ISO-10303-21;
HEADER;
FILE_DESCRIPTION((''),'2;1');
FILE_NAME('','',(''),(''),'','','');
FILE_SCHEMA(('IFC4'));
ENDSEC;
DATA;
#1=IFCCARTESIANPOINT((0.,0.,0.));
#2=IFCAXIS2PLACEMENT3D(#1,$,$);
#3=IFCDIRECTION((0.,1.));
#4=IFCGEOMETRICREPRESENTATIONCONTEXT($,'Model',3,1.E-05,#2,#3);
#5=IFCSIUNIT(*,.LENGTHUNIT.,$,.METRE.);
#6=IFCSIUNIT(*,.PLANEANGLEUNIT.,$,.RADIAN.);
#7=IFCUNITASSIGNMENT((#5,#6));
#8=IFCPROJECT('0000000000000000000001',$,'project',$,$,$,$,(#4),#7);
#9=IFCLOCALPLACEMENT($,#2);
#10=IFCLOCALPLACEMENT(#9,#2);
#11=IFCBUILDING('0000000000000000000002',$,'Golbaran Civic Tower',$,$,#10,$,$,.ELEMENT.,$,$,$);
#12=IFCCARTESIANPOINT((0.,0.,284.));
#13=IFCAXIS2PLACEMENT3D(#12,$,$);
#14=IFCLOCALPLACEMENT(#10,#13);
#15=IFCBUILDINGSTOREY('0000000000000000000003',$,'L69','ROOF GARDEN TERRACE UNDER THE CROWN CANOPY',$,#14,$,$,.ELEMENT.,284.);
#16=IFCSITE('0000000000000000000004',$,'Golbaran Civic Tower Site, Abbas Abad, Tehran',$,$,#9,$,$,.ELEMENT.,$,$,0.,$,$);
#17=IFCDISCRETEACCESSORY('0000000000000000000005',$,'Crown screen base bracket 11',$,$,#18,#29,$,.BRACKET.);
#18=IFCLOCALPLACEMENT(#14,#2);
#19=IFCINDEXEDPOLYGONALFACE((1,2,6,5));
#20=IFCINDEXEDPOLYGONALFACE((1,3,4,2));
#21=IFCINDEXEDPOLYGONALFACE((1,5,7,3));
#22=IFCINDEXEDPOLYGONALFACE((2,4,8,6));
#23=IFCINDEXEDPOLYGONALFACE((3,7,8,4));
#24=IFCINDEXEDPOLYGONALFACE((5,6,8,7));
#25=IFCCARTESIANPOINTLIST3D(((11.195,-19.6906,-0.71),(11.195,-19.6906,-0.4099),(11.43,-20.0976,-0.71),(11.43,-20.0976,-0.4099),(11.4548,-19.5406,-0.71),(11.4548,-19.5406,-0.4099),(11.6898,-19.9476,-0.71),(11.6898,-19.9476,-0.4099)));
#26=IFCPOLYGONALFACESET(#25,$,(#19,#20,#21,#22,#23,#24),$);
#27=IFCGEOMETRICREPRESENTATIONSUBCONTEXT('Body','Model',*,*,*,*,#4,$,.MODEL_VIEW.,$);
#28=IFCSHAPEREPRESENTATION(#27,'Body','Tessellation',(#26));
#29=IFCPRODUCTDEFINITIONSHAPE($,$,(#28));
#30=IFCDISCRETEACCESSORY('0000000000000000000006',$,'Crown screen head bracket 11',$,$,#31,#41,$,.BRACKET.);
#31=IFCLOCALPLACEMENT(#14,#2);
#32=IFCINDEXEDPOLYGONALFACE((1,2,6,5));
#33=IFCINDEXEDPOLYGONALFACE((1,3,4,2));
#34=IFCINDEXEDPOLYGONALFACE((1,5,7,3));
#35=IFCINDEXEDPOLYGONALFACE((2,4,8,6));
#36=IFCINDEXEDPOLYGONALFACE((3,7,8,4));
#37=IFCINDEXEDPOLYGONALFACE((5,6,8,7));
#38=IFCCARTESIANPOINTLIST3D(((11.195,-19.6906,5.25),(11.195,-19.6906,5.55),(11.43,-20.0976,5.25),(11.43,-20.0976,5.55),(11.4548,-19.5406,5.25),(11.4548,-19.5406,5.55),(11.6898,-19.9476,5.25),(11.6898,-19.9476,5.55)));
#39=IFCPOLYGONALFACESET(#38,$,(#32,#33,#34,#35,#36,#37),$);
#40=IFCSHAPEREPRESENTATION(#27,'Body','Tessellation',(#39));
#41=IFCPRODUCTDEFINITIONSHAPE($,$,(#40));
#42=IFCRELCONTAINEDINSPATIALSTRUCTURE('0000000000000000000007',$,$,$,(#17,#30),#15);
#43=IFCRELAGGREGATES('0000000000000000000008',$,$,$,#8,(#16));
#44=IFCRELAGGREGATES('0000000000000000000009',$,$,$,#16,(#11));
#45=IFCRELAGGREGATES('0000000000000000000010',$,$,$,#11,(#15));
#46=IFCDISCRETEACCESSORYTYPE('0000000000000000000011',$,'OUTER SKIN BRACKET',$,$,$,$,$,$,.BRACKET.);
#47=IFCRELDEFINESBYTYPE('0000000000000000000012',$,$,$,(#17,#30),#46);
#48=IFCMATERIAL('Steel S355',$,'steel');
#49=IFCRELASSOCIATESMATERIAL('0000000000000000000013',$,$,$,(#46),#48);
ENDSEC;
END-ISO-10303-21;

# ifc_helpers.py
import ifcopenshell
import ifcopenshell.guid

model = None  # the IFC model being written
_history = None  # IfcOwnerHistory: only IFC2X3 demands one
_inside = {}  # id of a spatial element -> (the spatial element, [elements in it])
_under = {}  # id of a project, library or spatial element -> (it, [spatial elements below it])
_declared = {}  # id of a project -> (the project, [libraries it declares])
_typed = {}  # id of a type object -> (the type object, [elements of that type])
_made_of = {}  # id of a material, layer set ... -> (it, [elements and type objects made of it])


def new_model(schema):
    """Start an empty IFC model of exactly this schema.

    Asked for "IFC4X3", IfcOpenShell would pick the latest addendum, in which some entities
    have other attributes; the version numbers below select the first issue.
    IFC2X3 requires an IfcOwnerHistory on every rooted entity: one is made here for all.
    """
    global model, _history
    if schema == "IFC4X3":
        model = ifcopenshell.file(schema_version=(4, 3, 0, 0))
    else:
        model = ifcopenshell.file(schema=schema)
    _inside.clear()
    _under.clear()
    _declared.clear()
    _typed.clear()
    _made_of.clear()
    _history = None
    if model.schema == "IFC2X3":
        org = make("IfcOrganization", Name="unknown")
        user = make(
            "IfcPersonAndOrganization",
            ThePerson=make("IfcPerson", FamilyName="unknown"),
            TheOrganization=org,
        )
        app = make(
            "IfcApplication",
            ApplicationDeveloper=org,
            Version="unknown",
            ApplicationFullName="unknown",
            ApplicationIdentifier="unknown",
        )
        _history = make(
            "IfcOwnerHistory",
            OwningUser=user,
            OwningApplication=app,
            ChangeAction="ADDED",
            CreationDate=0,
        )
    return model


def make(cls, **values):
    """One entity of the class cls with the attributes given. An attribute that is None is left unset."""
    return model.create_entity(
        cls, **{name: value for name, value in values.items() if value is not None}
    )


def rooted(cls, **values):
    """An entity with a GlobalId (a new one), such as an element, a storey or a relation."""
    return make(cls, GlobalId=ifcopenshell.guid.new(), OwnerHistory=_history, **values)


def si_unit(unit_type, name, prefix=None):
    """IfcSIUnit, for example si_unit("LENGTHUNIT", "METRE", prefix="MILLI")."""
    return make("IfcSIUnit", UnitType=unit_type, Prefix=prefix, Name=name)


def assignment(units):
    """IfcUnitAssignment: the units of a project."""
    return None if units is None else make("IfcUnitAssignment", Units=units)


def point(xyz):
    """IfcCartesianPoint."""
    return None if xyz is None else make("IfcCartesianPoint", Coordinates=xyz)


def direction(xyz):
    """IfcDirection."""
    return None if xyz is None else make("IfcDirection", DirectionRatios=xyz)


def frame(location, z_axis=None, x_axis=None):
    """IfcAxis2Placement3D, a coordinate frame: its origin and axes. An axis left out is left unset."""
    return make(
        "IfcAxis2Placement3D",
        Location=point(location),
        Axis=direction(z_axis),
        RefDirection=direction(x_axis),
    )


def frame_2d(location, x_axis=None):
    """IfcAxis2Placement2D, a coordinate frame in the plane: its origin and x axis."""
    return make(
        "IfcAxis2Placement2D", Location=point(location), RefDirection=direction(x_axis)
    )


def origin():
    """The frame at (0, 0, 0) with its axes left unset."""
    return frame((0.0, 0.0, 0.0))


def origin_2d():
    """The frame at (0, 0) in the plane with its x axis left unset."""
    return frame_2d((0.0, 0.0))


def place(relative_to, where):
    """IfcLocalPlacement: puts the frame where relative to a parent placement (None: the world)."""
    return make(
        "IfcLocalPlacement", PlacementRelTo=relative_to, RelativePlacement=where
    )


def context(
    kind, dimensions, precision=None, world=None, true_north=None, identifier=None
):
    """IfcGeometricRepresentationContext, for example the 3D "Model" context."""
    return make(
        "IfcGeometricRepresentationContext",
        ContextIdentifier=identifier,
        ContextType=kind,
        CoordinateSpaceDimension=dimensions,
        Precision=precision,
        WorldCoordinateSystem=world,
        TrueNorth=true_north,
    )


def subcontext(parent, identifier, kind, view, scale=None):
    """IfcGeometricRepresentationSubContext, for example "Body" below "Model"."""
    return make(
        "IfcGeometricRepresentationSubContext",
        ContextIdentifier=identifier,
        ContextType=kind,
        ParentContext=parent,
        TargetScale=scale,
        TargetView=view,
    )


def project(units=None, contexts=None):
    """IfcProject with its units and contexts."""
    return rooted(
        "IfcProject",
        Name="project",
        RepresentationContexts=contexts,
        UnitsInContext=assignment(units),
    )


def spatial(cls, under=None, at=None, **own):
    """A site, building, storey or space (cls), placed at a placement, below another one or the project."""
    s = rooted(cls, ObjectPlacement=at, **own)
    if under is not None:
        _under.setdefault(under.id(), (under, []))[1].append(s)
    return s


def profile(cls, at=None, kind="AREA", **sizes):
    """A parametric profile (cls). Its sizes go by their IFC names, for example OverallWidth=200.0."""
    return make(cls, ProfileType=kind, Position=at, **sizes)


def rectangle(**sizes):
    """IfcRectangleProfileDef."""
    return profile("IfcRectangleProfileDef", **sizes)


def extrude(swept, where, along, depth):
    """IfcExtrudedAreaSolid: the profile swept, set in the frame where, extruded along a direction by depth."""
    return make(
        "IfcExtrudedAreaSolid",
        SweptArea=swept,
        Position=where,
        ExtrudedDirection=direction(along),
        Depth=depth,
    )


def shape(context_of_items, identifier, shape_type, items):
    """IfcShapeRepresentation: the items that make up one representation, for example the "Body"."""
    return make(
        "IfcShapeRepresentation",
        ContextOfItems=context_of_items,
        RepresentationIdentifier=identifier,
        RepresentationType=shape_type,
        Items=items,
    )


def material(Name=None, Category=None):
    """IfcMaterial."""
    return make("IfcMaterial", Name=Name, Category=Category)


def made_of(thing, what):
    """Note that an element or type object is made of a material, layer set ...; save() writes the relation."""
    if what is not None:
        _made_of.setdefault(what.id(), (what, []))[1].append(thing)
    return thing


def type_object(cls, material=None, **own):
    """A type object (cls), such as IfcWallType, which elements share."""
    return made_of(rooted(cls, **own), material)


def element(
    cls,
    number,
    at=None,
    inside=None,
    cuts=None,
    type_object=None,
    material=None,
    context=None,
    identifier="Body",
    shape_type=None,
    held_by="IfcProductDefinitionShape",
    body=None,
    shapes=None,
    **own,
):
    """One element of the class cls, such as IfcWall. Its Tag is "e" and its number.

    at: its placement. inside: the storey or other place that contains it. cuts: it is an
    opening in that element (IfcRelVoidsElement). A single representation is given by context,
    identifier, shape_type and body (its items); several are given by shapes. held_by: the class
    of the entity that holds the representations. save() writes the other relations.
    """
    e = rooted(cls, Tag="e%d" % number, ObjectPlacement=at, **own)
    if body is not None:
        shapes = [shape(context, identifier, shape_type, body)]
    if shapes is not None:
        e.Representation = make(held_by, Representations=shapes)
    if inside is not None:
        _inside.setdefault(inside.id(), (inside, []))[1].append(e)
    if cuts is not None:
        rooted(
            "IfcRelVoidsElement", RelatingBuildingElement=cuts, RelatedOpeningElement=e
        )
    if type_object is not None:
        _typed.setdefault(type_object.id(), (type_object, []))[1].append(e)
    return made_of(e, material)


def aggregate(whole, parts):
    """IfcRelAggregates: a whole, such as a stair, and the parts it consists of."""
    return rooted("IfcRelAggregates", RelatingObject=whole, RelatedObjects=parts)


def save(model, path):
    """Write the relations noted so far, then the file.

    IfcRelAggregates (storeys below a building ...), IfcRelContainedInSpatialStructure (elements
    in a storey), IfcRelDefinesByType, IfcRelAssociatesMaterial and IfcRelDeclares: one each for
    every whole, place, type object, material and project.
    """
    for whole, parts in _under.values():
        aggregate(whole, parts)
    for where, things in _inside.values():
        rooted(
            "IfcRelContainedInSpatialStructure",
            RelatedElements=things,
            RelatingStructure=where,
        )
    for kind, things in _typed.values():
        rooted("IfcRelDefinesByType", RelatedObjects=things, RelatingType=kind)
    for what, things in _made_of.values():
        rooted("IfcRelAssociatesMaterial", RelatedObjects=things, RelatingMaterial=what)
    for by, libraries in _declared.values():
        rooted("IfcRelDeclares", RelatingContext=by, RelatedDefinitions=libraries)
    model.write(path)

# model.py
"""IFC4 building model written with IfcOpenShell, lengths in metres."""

from ifc_helpers import new_model, si_unit, direction, frame, origin, origin_2d, place, context, subcontext, project, spatial, rectangle, extrude, material, type_object, element, save


model = new_model("IFC4")

# Units and contexts
model_context = context("Model", 3, precision=1e-05, world=origin(), true_north=direction((0.0, 1.0)))
body_context = subcontext(model_context, "Body", "Model", "MODEL_VIEW")
ifc_project = project(units=[si_unit("LENGTHUNIT", "METRE"), si_unit("PLANEANGLEUNIT", "RADIAN")], contexts=[model_context])

# Site, building, storey
site_placement = place(None, origin())
site = spatial("IfcSite", under=ifc_project, at=site_placement, Name="Golbaran Civic Tower Site, Abbas Abad, Tehran", CompositionType="ELEMENT", RefElevation=0.0)
building_placement = place(site_placement, origin())
building = spatial("IfcBuilding", under=site, at=building_placement, Name="Golbaran Civic Tower", CompositionType="ELEMENT")
storey_placement = place(building_placement, frame((0.0, 0.0, 284.0)))
storey = spatial("IfcBuildingStorey", under=building, at=storey_placement, Name="L69", Description="ROOF GARDEN TERRACE UNDER THE CROWN CANOPY", CompositionType="ELEMENT", Elevation=284.0)

# Shared definitions
ifc_material_1 = material(Name="Steel S355", Category="steel")

# Discrete accessories
discrete_accessory_type = type_object("IfcDiscreteAccessoryType", Name="OUTER SKIN BRACKET", PredefinedType="BRACKET", material=ifc_material_1)
for number, where, z_axis, x_axis, name in (
    (1, (11.4424, -19.8191, -0.71), (0.0, 0.0, 1.0), (0.5, -0.866025, 0.0), "Crown screen base bracket 11"),
    (2, (11.4424, -19.8191, 5.25), (0.0, 0.0, 1.0), (0.5, -0.866025, 0.0), "Crown screen head bracket 11"),
):
    element("IfcDiscreteAccessory", number, at=place(storey_placement, frame(where, z_axis=z_axis, x_axis=x_axis)), inside=storey, type_object=discrete_accessory_type, Name=name, PredefinedType="BRACKET", context=body_context, shape_type="SweptSolid", body=[
        extrude(rectangle(XDim=0.47, YDim=0.3, at=origin_2d()), origin(), (0.0, 0.0, 1.0), 0.3),
    ])

save(model, "model.ifc")
